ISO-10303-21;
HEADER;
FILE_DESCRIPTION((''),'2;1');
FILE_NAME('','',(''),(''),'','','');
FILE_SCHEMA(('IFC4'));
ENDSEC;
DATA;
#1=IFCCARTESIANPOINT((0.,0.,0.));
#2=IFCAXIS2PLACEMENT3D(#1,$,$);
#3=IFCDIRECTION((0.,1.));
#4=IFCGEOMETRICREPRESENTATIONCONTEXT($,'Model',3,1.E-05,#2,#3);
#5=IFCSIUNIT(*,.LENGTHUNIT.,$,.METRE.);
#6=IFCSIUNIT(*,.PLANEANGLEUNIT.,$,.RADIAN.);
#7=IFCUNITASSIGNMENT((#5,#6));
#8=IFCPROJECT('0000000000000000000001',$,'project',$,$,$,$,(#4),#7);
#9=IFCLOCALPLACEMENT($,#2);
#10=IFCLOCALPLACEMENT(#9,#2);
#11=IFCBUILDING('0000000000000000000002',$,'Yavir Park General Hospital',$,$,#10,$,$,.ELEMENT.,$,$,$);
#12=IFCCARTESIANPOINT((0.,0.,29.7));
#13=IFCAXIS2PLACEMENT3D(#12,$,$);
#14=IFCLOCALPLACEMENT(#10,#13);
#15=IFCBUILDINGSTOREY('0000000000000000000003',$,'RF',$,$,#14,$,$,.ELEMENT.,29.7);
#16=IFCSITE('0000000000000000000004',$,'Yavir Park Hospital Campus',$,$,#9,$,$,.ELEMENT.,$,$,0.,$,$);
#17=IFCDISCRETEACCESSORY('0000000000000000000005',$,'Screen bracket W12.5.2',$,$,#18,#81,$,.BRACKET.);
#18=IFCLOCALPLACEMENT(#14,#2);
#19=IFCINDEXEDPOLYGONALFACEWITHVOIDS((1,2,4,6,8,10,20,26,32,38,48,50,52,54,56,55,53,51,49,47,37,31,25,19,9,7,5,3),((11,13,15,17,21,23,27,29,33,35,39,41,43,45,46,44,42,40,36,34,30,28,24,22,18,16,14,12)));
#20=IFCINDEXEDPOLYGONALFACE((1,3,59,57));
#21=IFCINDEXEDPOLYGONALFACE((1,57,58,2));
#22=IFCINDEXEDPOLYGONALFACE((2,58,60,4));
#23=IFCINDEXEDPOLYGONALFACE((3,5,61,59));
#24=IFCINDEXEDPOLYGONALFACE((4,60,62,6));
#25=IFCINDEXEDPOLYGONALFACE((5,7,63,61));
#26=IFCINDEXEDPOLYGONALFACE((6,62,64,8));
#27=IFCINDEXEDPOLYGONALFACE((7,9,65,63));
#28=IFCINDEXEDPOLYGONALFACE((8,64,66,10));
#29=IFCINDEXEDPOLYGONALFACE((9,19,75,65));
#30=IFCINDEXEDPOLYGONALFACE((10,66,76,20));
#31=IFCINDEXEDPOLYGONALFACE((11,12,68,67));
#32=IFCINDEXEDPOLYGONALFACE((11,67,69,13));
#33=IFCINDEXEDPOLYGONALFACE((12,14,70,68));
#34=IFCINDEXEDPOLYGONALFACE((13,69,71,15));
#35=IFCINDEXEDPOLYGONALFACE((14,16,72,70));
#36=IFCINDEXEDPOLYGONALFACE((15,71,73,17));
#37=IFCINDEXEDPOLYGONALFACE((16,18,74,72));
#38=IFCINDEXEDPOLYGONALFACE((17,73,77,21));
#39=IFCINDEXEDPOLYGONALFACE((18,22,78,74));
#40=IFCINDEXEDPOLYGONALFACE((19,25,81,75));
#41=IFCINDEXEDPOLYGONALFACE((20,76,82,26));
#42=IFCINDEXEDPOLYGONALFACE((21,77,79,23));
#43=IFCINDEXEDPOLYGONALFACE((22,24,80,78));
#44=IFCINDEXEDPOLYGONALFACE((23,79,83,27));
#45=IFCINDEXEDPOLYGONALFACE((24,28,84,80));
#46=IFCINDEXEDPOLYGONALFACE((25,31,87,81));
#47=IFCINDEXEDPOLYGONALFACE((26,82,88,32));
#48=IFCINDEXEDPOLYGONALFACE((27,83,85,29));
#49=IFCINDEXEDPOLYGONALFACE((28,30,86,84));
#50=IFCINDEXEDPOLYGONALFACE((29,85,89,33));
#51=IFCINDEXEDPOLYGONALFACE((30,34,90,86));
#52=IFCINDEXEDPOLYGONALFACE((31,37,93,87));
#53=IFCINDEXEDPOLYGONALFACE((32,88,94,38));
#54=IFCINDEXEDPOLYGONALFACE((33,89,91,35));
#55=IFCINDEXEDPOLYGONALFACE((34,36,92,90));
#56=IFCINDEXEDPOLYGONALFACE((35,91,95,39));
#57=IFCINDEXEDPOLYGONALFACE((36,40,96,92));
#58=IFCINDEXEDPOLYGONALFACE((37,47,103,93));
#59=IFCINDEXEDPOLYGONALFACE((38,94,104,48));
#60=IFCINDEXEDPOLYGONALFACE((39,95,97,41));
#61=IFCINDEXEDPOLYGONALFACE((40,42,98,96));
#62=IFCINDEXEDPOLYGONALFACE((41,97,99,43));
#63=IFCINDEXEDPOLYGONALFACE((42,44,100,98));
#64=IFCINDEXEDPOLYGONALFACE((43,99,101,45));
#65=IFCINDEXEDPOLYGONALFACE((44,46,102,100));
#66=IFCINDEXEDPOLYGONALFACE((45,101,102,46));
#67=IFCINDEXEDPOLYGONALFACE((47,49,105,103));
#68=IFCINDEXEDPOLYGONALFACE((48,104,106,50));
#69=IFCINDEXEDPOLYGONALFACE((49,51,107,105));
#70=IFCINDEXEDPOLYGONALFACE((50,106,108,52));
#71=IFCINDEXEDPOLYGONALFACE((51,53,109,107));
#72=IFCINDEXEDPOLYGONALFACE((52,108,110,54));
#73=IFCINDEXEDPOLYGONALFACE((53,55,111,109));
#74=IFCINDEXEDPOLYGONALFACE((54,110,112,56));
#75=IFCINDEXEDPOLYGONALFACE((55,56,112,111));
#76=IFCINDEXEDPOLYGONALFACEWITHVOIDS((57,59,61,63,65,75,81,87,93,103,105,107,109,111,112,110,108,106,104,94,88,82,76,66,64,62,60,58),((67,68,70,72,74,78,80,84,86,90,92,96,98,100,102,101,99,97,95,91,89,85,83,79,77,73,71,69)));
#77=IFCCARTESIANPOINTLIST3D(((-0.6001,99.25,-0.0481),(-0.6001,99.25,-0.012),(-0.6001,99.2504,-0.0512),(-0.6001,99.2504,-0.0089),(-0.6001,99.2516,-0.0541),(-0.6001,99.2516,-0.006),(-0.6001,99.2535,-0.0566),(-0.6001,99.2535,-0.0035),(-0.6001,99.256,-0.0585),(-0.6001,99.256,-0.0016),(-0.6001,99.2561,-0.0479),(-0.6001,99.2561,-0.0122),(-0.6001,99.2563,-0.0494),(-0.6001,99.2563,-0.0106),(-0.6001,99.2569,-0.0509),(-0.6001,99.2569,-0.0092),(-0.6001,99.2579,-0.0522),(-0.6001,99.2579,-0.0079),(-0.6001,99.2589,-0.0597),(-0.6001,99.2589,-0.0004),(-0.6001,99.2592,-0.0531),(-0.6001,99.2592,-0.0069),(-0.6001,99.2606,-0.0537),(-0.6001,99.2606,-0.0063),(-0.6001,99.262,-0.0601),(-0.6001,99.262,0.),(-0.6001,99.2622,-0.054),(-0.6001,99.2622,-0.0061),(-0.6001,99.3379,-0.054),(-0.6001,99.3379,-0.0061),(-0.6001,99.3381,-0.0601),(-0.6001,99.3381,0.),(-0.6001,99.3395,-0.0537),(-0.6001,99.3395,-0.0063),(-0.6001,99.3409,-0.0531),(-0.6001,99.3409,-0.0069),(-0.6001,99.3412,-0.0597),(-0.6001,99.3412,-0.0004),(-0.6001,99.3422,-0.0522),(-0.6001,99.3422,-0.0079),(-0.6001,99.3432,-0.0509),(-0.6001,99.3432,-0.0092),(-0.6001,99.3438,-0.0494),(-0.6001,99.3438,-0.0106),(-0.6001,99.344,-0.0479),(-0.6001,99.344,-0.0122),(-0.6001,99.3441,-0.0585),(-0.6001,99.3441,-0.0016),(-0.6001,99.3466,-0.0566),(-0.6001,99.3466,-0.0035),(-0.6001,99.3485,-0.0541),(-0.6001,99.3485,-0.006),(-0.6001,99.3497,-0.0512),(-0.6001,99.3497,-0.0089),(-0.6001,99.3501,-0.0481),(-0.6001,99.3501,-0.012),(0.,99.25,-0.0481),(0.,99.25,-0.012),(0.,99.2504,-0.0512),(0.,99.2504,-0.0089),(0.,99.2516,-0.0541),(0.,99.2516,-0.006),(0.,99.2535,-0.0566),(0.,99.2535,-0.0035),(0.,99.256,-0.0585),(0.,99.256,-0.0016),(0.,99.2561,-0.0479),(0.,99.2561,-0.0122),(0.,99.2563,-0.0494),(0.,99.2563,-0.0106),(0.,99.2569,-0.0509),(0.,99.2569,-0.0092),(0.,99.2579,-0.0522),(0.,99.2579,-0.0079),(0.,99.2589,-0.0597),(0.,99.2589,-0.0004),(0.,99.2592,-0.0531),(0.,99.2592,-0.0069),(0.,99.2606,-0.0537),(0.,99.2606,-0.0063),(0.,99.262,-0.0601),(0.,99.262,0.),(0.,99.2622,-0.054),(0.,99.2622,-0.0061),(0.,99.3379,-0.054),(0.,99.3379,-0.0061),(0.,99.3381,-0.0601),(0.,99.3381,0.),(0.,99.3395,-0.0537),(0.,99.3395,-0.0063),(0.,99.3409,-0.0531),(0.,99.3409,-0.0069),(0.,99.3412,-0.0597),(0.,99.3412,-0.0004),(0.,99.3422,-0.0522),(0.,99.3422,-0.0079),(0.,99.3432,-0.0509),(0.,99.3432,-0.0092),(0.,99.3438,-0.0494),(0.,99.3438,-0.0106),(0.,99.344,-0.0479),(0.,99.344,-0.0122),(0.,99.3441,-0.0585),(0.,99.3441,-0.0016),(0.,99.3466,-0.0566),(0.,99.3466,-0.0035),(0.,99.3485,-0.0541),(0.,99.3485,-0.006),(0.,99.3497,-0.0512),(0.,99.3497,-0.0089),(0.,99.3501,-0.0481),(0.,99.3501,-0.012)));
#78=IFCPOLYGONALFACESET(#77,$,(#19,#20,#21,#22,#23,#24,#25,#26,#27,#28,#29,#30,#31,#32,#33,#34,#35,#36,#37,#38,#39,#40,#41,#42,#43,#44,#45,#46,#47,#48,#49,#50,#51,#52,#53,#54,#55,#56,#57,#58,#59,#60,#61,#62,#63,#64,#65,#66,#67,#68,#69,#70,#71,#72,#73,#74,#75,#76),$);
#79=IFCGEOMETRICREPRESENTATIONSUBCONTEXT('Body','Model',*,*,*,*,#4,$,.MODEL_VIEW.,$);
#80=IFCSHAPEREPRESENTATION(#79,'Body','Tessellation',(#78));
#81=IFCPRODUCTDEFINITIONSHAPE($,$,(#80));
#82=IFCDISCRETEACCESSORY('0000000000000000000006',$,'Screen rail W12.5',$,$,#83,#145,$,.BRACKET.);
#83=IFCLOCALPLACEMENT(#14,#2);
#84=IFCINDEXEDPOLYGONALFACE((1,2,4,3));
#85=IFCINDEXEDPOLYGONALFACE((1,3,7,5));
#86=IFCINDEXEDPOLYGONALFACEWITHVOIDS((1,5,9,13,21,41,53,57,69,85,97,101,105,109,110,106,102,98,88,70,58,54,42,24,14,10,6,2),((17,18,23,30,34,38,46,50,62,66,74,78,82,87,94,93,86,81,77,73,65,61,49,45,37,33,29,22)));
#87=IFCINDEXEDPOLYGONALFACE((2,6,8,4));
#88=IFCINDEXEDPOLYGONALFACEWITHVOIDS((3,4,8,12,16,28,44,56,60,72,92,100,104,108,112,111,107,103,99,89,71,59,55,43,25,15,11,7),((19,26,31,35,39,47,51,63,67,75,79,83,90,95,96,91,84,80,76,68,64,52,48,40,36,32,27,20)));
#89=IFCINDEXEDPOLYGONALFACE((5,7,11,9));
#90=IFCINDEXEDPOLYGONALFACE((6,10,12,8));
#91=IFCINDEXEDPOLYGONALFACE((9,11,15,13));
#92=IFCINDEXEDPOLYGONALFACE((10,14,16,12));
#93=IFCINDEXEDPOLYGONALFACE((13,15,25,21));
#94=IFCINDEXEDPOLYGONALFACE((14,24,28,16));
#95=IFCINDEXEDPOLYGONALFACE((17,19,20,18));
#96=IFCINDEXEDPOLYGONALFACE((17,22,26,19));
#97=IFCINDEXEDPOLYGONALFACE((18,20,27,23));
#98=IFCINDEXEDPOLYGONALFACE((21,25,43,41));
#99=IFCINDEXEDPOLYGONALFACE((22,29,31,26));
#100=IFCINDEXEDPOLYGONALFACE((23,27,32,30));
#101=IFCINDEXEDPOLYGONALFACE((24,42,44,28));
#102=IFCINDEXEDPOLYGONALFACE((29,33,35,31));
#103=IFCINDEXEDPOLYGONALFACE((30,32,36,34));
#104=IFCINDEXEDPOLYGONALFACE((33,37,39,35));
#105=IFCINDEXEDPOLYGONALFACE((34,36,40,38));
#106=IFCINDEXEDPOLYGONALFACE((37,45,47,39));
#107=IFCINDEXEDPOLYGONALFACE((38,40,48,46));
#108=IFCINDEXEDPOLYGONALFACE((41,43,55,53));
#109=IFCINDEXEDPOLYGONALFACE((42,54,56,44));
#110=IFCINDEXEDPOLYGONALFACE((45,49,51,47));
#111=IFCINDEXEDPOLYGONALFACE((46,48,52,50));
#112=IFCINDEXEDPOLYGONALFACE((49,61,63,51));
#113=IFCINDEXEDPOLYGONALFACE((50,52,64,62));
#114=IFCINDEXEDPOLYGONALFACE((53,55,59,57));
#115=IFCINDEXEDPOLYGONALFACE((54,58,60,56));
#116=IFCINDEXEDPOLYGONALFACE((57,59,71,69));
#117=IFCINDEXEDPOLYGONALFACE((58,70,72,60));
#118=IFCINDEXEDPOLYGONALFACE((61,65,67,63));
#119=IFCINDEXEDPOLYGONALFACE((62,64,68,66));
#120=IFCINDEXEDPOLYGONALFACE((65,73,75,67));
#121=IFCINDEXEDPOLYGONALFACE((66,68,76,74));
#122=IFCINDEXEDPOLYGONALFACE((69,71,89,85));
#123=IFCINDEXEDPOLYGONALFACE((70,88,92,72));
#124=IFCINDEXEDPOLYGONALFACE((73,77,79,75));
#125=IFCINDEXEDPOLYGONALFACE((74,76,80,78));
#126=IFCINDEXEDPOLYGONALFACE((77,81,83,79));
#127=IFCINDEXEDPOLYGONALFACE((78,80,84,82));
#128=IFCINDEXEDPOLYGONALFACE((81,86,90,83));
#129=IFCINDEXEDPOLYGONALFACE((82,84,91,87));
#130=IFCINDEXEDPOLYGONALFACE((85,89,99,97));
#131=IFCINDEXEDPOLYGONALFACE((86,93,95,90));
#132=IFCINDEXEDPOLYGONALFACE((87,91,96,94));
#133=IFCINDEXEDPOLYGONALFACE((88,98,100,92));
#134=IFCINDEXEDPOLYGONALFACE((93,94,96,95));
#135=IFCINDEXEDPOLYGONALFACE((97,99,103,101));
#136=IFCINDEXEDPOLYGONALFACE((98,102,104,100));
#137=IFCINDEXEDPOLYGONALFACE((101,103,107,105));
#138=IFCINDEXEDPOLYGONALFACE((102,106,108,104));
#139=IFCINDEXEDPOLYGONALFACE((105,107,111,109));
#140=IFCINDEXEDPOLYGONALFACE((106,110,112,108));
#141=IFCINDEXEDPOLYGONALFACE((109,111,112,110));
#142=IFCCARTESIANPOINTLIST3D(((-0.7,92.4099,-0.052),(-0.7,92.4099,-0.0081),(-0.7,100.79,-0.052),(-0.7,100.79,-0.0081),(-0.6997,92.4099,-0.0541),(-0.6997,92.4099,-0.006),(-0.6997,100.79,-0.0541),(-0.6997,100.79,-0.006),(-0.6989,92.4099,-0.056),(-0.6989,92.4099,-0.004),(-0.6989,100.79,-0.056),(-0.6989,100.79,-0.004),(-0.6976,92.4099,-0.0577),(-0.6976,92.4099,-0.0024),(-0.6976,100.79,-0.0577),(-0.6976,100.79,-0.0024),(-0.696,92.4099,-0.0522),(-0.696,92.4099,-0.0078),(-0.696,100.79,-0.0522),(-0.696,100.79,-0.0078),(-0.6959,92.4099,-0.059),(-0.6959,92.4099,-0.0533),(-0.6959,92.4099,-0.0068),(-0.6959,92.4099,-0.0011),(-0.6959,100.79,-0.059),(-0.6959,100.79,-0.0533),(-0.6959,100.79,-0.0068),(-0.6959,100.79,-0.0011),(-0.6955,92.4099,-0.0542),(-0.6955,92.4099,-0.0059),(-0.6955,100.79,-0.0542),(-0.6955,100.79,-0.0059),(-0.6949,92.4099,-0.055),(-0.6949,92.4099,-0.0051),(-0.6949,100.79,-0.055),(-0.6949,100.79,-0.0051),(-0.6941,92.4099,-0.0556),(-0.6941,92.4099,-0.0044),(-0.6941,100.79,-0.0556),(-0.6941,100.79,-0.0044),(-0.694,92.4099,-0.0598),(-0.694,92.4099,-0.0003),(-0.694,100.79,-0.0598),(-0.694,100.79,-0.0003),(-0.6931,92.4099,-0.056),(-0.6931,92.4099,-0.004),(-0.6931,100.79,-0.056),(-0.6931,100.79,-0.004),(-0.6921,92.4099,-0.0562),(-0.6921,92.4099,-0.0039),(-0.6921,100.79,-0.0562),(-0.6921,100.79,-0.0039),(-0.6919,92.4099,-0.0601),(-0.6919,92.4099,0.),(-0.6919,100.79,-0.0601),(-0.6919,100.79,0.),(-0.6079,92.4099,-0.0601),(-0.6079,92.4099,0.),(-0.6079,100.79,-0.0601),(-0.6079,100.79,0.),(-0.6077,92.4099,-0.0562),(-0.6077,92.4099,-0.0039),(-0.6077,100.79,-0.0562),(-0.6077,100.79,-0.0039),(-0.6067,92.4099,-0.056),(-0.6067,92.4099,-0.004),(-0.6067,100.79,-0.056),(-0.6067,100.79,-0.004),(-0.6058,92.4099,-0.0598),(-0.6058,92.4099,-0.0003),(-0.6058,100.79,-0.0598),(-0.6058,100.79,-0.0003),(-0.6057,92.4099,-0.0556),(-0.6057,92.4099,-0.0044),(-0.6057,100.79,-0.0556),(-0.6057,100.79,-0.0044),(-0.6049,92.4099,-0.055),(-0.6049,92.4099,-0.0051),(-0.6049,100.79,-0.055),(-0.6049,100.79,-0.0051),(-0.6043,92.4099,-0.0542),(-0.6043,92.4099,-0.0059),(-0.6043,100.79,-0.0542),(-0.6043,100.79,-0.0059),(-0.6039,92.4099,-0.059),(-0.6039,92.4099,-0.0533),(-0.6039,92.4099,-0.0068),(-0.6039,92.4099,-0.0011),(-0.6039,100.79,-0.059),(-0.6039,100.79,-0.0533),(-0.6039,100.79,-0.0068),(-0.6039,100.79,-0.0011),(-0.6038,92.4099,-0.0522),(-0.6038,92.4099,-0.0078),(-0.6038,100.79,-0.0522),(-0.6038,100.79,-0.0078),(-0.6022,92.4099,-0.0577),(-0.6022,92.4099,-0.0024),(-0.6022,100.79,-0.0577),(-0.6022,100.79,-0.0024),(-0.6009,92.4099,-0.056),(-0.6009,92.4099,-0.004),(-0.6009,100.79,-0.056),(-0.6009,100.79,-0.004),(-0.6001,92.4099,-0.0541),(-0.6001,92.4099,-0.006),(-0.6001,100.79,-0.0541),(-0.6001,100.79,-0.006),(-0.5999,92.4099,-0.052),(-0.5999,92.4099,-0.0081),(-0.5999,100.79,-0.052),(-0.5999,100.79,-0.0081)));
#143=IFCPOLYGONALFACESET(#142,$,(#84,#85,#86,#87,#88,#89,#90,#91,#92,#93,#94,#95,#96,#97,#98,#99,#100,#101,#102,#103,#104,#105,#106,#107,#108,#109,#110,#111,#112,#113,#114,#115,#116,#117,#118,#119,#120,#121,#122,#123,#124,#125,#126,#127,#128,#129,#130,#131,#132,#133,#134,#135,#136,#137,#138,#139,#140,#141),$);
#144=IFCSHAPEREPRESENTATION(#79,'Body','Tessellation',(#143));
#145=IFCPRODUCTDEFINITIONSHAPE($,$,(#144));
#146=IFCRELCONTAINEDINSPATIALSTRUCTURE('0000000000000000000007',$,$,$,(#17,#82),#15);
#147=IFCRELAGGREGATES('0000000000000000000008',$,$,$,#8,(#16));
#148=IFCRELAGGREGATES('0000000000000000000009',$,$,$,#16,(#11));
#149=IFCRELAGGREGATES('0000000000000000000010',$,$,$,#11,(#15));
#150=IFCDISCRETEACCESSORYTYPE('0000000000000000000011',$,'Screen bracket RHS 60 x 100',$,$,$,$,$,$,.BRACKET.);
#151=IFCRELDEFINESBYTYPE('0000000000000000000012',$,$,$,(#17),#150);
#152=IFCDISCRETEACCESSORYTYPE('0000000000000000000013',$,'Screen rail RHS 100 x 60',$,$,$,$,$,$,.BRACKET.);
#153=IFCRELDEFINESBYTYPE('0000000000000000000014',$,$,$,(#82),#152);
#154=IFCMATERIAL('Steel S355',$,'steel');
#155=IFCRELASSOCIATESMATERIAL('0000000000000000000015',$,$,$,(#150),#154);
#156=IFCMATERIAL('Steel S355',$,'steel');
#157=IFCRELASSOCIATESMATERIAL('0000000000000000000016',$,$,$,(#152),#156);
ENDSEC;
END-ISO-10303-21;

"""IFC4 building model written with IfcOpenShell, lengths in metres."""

from ifc_helpers import new_model, si_unit, direction, frame, origin, origin_2d, place, context, subcontext, project, spatial, hollow_rectangle, extrude, material, material_profile, profile_set, type_object, element, save


model = new_model("IFC4")

# Units and contexts
model_context = context("Model", 3, precision=1e-05, world=origin(), true_north=direction((0.0, 1.0)))
body_context = subcontext(model_context, "Body", "Model", "MODEL_VIEW")
ifc_project = project(units=[si_unit("LENGTHUNIT", "METRE"), si_unit("PLANEANGLEUNIT", "RADIAN")], contexts=[model_context])

# Site, building, storey
site_placement = place(None, origin())
site = spatial("IfcSite", under=ifc_project, at=site_placement, Name="Yavir Park Hospital Campus", CompositionType="ELEMENT", RefElevation=0.0)
building_placement = place(site_placement, origin())
building = spatial("IfcBuilding", under=site, at=building_placement, Name="Yavir Park General Hospital", CompositionType="ELEMENT")
storey_placement = place(building_placement, frame((0.0, 0.0, 29.7)))
storey = spatial("IfcBuildingStorey", under=building, at=storey_placement, Name="RF", CompositionType="ELEMENT", Elevation=29.7)

# Discrete accessories
ifc_material_1 = material(Name="Steel S355", Category="steel")
ifc_material_profile_1 = material_profile(ifc_material_1, hollow_rectangle(XDim=0.1001, YDim=0.0601, WallThickness=0.0061, InnerFilletRadius=0.0061, OuterFilletRadius=0.012, at=origin_2d()), Name="RHS60x100x6")
ifc_profile_set_1 = profile_set([ifc_material_profile_1], Name="Steel S355")
discrete_accessory_type_1 = type_object("IfcDiscreteAccessoryType", Name="Screen bracket RHS 60 x 100", PredefinedType="BRACKET", material=ifc_profile_set_1)
for number, where, z_axis, x_axis, name in (
    (1, (0.0, 99.3, -0.03), (-1.0, 0.0, 0.0), (0.0, -1.0, 0.0), "Screen bracket W12.5.2"),
):
    element("IfcDiscreteAccessory", number, at=place(storey_placement, frame(where, z_axis=z_axis, x_axis=x_axis)), inside=storey, type_object=discrete_accessory_type_1, Name=name, PredefinedType="BRACKET", context=body_context, shape_type="SweptSolid", body=[
        extrude(hollow_rectangle(XDim=0.1001, YDim=0.0601, WallThickness=0.0061, InnerFilletRadius=0.0061, OuterFilletRadius=0.012, at=origin_2d()), origin(), (0.0, 0.0, 1.0), 0.6001),
    ])
ifc_material_2 = material(Name="Steel S355", Category="steel")
ifc_material_profile_2 = material_profile(ifc_material_2, hollow_rectangle(XDim=0.1001, YDim=0.0601, WallThickness=0.0039, InnerFilletRadius=0.0039, OuterFilletRadius=0.0081, at=origin_2d()), Name="RHS60x100x4")
ifc_profile_set_2 = profile_set([ifc_material_profile_2], Name="Steel S355")
discrete_accessory_type_2 = type_object("IfcDiscreteAccessoryType", Name="Screen rail RHS 100 x 60", PredefinedType="BRACKET", material=ifc_profile_set_2)
discrete_accessory_placement = place(storey_placement, frame((-0.6499, 92.4099, -0.03), z_axis=(0.0, 1.0, 0.0), x_axis=(-1.0, 0.0, 0.0)))
element("IfcDiscreteAccessory", 2, at=discrete_accessory_placement, inside=storey, type_object=discrete_accessory_type_2, Name="Screen rail W12.5", PredefinedType="BRACKET", context=body_context, shape_type="SweptSolid", body=[
    extrude(hollow_rectangle(XDim=0.1001, YDim=0.0601, WallThickness=0.0039, InnerFilletRadius=0.0039, OuterFilletRadius=0.0081, at=origin_2d()), origin(), (0.0, 0.0, 1.0), 8.3801),
])

save(model, "model.ifc")
